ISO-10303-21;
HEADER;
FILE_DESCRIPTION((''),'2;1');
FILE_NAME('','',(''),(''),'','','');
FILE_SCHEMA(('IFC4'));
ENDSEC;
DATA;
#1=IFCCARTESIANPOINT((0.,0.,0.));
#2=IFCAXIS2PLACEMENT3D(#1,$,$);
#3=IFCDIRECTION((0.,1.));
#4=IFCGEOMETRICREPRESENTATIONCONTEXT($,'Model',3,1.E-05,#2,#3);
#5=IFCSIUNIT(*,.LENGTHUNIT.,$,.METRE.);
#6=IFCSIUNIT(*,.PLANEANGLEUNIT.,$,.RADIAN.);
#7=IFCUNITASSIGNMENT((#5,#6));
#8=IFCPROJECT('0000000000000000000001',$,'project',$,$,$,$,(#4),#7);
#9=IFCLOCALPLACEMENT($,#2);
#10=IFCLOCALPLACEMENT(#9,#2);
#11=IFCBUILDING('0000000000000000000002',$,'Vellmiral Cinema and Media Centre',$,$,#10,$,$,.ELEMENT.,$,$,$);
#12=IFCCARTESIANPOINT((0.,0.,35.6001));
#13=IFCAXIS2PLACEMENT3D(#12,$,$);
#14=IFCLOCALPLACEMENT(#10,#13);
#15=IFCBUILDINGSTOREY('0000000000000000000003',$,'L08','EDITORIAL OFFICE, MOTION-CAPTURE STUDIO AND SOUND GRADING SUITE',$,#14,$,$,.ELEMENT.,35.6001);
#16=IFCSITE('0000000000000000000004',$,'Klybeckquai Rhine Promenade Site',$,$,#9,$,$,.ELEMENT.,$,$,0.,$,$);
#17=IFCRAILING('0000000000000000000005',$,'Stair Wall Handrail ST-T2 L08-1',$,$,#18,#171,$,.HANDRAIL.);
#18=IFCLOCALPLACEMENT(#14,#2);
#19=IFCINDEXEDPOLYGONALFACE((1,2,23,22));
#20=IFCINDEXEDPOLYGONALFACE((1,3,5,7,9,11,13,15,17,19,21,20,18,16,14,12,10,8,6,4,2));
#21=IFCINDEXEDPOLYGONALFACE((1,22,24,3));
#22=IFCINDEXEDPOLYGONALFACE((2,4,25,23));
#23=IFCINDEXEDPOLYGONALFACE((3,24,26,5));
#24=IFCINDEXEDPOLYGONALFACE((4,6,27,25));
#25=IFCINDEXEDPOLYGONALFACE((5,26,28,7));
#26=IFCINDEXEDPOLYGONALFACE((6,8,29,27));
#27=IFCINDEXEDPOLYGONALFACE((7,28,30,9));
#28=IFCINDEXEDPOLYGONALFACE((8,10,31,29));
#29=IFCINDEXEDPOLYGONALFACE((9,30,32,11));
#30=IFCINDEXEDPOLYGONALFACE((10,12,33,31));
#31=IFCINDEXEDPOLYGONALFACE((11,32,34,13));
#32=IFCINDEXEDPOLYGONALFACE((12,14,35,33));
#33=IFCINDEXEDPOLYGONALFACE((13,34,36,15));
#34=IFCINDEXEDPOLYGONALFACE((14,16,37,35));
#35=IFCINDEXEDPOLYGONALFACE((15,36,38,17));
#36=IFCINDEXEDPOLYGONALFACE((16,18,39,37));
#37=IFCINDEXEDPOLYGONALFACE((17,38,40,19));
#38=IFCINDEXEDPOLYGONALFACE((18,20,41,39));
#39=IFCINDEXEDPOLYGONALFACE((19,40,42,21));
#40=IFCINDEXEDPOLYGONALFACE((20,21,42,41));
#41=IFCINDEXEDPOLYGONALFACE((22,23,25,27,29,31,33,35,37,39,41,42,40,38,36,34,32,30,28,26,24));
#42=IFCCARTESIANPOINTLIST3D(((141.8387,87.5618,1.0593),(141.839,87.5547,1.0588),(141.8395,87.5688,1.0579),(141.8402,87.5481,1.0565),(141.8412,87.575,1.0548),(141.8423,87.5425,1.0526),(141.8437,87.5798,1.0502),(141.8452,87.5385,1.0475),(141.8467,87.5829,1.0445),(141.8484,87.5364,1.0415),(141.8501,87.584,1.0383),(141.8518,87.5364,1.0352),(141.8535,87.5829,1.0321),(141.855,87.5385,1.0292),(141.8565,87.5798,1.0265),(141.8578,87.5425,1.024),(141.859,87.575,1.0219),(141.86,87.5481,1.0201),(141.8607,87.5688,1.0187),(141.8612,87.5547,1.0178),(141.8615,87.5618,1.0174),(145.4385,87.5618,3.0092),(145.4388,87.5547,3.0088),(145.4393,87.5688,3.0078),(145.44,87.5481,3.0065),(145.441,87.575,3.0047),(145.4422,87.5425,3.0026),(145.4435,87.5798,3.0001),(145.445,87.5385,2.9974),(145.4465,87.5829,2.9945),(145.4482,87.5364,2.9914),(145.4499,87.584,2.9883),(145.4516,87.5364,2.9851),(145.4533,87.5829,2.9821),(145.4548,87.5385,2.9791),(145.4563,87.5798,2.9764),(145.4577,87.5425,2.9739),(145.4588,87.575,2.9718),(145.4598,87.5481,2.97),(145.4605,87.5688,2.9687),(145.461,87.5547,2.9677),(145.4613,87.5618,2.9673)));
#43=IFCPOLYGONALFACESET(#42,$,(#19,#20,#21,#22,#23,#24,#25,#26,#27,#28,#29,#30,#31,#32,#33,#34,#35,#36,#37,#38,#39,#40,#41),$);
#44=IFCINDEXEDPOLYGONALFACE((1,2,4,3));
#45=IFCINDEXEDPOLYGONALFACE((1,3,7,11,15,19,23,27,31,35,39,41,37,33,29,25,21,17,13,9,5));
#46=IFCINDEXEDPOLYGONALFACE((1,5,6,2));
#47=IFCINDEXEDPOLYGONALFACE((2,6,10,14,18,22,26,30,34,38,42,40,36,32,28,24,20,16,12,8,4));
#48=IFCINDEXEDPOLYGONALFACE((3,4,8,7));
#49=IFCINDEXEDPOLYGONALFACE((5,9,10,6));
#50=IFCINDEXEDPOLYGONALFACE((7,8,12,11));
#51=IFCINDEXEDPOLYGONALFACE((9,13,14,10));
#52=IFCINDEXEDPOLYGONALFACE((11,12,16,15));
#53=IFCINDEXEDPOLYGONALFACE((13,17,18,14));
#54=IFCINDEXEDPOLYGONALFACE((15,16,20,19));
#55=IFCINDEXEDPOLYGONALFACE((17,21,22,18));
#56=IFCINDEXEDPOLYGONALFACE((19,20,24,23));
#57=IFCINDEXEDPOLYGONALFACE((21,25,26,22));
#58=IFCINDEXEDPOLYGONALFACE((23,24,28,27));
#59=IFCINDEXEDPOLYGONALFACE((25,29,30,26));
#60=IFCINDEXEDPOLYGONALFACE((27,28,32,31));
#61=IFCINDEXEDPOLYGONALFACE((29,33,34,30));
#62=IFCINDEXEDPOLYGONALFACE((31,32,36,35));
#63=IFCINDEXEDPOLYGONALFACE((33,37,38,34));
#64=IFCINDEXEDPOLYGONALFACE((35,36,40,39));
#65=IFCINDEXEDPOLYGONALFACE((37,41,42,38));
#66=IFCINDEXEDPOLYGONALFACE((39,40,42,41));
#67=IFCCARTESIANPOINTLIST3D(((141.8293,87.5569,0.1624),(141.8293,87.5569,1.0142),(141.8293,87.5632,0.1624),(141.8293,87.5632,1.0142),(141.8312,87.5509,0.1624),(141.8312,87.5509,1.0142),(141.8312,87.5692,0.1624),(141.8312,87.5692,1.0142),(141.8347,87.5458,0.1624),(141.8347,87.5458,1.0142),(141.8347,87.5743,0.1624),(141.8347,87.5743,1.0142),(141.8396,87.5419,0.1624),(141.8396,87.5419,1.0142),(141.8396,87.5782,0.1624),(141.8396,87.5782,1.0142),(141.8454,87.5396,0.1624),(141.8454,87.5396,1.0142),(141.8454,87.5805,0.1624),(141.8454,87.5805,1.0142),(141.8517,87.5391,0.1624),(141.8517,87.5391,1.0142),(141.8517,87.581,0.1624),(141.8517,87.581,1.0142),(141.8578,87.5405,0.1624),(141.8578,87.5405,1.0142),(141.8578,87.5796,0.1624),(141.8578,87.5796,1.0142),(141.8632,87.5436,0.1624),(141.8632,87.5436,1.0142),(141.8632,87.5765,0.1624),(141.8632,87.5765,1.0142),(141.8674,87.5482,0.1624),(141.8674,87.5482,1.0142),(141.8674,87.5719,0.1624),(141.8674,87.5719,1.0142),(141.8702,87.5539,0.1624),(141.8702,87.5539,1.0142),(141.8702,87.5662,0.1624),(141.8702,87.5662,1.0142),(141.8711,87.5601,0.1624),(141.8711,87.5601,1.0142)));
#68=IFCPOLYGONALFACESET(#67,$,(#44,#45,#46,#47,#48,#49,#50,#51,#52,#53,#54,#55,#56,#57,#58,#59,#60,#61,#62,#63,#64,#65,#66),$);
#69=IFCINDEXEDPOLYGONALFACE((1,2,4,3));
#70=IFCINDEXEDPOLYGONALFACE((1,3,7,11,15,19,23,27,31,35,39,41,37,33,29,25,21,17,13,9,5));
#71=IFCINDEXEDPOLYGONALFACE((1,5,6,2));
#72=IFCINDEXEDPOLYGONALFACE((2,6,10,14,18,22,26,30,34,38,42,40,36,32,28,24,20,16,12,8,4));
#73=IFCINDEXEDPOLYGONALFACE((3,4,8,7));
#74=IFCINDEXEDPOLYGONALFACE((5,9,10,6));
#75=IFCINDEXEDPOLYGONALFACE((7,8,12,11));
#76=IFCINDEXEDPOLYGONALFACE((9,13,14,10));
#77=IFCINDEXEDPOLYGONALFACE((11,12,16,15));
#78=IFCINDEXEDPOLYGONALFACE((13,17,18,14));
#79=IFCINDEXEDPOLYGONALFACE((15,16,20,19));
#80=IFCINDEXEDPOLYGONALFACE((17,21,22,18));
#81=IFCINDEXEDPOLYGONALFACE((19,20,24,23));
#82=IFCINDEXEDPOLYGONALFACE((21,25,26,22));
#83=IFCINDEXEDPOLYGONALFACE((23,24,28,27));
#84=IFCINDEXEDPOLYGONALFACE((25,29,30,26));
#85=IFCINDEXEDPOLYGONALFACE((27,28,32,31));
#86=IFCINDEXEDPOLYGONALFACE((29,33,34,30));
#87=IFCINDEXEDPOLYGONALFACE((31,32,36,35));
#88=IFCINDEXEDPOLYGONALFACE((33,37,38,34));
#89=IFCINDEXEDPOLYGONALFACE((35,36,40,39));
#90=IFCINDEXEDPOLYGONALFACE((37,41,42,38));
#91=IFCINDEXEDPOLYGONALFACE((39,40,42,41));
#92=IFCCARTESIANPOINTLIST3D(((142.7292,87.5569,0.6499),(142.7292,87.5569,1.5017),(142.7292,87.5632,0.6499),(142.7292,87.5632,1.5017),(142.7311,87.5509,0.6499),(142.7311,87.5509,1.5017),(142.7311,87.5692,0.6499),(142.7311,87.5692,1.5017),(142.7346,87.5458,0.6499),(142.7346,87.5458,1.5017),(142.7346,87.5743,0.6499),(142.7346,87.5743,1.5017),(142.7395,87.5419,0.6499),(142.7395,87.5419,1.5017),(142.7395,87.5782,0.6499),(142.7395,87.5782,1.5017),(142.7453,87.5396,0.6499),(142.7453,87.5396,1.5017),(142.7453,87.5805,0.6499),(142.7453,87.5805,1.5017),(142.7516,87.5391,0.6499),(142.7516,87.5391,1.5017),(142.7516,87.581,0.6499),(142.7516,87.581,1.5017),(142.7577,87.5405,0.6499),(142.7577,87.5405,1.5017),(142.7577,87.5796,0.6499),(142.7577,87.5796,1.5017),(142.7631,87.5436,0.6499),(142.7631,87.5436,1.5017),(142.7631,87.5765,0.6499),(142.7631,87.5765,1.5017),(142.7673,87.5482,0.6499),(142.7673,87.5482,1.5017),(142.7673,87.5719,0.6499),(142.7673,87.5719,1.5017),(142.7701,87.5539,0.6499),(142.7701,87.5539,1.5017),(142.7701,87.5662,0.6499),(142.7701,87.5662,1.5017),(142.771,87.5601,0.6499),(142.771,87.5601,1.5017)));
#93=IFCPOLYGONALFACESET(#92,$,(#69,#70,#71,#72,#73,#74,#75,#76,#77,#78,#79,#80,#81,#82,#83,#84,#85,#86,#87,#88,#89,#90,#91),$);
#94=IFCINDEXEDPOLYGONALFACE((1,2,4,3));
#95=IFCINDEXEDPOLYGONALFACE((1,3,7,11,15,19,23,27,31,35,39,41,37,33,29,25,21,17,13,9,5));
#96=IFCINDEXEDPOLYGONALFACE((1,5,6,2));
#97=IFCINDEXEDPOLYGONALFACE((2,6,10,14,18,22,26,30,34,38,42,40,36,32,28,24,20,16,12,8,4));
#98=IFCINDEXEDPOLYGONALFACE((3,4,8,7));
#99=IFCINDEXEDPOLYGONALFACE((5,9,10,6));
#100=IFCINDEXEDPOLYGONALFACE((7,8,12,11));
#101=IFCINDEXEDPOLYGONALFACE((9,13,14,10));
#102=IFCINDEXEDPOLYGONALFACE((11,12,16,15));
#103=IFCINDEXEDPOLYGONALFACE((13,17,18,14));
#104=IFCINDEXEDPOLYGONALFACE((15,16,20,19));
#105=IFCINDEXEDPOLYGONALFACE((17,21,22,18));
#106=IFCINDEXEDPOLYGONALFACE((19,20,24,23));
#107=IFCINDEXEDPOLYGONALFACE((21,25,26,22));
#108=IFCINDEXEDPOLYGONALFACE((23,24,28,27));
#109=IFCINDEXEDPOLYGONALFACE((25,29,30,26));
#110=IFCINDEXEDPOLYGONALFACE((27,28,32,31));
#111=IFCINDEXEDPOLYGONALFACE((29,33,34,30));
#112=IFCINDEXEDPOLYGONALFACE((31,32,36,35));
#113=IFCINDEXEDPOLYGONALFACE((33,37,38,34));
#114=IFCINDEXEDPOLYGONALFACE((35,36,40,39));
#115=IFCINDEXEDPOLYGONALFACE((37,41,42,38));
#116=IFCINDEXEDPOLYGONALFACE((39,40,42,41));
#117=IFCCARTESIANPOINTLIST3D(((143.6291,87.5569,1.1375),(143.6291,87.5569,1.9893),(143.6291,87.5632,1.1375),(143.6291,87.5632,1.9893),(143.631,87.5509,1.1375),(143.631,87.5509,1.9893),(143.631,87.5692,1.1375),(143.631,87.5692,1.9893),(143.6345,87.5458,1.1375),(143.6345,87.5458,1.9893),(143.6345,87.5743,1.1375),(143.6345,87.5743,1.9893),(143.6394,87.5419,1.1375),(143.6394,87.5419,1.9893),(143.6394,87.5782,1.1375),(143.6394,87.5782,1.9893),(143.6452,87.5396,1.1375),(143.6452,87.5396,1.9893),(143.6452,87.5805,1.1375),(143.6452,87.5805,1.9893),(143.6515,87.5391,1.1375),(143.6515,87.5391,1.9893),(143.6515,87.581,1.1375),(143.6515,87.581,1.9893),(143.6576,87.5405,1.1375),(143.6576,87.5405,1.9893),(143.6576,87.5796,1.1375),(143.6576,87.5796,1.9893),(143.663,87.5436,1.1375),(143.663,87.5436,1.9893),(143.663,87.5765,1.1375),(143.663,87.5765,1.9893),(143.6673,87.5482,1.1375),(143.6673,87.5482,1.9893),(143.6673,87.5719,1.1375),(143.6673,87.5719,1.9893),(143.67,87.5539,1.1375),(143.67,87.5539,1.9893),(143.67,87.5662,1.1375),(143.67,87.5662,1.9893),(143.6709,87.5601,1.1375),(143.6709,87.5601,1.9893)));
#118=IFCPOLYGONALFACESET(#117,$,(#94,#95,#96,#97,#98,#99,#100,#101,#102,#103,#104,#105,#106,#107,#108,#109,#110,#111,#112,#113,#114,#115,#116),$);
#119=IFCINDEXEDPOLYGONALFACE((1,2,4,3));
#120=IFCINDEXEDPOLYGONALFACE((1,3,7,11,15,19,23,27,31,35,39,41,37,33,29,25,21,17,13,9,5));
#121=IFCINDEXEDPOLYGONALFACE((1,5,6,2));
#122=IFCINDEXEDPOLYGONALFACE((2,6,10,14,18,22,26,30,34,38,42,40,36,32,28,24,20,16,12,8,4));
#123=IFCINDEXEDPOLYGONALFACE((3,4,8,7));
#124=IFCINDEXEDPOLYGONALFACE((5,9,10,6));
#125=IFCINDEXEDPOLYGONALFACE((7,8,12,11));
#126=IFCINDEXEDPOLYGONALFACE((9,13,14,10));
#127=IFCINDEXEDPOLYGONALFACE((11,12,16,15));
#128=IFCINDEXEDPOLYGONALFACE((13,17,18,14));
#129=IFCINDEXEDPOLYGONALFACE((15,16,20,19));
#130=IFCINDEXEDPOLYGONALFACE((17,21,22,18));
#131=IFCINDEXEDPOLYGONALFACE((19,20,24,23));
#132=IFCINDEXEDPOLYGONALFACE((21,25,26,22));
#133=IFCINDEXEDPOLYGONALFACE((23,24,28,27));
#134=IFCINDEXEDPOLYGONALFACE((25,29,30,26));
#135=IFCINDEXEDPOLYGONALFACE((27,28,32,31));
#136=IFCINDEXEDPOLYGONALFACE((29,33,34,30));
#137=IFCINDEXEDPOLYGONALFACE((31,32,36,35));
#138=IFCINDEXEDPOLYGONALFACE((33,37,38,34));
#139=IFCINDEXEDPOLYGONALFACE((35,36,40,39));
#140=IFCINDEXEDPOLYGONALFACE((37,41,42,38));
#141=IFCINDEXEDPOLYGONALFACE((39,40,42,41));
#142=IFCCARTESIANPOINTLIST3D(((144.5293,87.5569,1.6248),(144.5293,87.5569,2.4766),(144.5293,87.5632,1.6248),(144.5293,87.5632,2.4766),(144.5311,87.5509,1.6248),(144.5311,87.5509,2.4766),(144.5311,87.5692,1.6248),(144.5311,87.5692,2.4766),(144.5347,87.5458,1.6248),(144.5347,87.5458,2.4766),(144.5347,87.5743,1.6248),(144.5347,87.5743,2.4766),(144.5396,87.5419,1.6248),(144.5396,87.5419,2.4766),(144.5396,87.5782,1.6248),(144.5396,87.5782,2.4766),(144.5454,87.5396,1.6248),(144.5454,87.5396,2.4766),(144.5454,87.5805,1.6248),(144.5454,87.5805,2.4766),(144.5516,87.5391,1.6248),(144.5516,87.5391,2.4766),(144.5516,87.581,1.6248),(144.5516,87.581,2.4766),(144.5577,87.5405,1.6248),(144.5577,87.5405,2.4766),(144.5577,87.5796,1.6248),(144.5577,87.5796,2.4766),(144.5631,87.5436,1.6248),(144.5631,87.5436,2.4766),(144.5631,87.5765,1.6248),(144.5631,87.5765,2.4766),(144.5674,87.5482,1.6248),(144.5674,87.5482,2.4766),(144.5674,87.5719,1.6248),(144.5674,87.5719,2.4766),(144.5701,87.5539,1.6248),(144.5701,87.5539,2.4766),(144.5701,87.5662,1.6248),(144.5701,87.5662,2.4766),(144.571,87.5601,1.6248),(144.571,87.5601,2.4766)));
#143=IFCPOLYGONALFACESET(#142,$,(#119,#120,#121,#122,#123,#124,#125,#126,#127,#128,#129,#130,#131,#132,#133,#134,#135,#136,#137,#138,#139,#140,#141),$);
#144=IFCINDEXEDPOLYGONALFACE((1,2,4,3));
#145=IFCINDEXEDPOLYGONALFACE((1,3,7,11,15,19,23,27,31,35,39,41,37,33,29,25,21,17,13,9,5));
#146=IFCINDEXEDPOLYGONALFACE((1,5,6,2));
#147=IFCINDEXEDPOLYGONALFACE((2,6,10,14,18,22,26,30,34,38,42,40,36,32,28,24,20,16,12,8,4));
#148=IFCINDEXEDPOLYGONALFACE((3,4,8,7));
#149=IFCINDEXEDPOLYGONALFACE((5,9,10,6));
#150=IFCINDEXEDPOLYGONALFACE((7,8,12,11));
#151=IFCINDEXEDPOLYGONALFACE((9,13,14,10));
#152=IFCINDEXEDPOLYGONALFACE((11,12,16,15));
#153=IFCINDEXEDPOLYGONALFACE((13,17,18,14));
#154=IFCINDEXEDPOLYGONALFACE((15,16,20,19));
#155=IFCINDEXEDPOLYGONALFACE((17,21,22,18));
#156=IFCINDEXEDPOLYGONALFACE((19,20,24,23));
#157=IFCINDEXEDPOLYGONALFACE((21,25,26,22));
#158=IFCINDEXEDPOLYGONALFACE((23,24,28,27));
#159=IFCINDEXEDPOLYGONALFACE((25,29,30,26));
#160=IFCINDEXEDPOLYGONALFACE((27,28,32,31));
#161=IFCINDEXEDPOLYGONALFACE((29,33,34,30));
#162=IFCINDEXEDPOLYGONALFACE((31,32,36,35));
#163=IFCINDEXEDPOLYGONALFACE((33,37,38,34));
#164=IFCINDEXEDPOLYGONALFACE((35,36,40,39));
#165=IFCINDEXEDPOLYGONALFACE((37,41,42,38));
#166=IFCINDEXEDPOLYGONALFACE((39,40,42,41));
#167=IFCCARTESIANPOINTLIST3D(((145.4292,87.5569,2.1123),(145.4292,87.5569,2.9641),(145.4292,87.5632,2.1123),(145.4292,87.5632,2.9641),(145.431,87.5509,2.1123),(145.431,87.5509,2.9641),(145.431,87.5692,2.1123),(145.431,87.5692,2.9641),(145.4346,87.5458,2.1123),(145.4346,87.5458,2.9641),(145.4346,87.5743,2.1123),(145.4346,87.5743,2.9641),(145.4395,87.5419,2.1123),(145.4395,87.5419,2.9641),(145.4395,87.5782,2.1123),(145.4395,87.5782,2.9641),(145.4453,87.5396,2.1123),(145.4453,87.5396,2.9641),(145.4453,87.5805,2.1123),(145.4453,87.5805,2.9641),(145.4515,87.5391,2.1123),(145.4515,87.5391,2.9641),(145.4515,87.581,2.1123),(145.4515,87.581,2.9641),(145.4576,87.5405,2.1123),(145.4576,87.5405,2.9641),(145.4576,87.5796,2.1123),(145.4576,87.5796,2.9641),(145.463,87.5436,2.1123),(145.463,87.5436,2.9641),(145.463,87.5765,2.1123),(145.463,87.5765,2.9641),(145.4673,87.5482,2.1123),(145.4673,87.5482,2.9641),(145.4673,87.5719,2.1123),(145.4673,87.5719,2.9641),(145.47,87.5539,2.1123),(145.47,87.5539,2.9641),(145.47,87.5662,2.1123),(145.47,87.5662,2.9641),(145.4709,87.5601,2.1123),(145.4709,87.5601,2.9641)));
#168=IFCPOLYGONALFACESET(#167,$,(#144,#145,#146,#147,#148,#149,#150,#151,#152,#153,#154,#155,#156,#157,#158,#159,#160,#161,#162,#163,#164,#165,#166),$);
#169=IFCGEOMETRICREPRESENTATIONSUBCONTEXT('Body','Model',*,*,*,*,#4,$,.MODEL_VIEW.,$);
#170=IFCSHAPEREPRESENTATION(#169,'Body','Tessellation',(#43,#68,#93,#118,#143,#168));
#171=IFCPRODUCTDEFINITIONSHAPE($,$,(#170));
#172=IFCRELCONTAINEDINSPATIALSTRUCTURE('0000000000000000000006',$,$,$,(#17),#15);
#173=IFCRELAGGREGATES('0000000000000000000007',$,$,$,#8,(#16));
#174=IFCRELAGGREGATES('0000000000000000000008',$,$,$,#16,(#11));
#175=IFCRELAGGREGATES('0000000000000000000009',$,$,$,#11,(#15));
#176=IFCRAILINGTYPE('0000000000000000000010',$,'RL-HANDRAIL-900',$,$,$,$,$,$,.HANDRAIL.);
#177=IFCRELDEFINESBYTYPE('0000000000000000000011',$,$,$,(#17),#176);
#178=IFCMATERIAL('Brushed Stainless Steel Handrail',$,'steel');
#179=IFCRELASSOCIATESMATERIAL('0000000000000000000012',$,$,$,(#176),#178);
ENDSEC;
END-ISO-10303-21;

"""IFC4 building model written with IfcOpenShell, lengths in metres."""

from ifc_helpers import new_model, si_unit, direction, frame, origin, origin_2d, place, context, subcontext, project, spatial, circle, extrude, material, type_object, element, save


model = new_model("IFC4")

# Units and contexts
model_context = context("Model", 3, precision=1e-05, world=origin(), true_north=direction((0.0, 1.0)))
body_context = subcontext(model_context, "Body", "Model", "MODEL_VIEW")
ifc_project = project(units=[si_unit("LENGTHUNIT", "METRE"), si_unit("PLANEANGLEUNIT", "RADIAN")], contexts=[model_context])

# Site, building, storey
site_placement = place(None, origin())
site = spatial("IfcSite", under=ifc_project, at=site_placement, Name="Klybeckquai Rhine Promenade Site", CompositionType="ELEMENT", RefElevation=0.0)
building_placement = place(site_placement, origin())
building = spatial("IfcBuilding", under=site, at=building_placement, Name="Vellmiral Cinema and Media Centre", CompositionType="ELEMENT")
storey_placement = place(building_placement, frame((0.0, 0.0, 35.6001)))
storey = spatial("IfcBuildingStorey", under=building, at=storey_placement, Name="L08", Description="EDITORIAL OFFICE, MOTION-CAPTURE STUDIO AND SOUND GRADING SUITE", CompositionType="ELEMENT", Elevation=35.6001)

# Railing
ifc_material_1 = material(Name="Brushed Stainless Steel Handrail", Category="steel")
railing_type_1 = type_object("IfcRailingType", Name="RL-HANDRAIL-900", PredefinedType="HANDRAIL", material=ifc_material_1)
railing_1_placement = place(storey_placement, frame((141.8501, 87.5601, 0.1624)))
element("IfcRailing", 1, at=railing_1_placement, inside=storey, type_object=railing_type_1, Name="Stair Wall Handrail ST-T2 L08-1", PredefinedType="HANDRAIL", context=body_context, shape_type="SweptSolid", body=[
    extrude(circle(Radius=0.0239, at=origin_2d()), frame((0.0, 0.0, 0.876), z_axis=(0.879289, 0.0, 0.476289), x_axis=(0.0, 1.0, 0.0)), (0.0, 0.0, 1.0), 4.094),
    extrude(circle(Radius=0.021, at=origin_2d()), origin(), (0.0, 0.0, 1.0), 0.8518),
    extrude(circle(Radius=0.021, at=origin_2d()), frame((0.8999, 0.0, 0.4875)), (0.0, 0.0, 1.0), 0.8518),
    extrude(circle(Radius=0.021, at=origin_2d()), frame((1.7998, 0.0, 0.9751)), (0.0, 0.0, 1.0), 0.8518),
    extrude(circle(Radius=0.021, at=origin_2d()), frame((2.7, 0.0, 1.4624)), (0.0, 0.0, 1.0), 0.8518),
    extrude(circle(Radius=0.021, at=origin_2d()), frame((3.5999, 0.0, 1.95)), (0.0, 0.0, 1.0), 0.8518),
])

save(model, "model.ifc")
